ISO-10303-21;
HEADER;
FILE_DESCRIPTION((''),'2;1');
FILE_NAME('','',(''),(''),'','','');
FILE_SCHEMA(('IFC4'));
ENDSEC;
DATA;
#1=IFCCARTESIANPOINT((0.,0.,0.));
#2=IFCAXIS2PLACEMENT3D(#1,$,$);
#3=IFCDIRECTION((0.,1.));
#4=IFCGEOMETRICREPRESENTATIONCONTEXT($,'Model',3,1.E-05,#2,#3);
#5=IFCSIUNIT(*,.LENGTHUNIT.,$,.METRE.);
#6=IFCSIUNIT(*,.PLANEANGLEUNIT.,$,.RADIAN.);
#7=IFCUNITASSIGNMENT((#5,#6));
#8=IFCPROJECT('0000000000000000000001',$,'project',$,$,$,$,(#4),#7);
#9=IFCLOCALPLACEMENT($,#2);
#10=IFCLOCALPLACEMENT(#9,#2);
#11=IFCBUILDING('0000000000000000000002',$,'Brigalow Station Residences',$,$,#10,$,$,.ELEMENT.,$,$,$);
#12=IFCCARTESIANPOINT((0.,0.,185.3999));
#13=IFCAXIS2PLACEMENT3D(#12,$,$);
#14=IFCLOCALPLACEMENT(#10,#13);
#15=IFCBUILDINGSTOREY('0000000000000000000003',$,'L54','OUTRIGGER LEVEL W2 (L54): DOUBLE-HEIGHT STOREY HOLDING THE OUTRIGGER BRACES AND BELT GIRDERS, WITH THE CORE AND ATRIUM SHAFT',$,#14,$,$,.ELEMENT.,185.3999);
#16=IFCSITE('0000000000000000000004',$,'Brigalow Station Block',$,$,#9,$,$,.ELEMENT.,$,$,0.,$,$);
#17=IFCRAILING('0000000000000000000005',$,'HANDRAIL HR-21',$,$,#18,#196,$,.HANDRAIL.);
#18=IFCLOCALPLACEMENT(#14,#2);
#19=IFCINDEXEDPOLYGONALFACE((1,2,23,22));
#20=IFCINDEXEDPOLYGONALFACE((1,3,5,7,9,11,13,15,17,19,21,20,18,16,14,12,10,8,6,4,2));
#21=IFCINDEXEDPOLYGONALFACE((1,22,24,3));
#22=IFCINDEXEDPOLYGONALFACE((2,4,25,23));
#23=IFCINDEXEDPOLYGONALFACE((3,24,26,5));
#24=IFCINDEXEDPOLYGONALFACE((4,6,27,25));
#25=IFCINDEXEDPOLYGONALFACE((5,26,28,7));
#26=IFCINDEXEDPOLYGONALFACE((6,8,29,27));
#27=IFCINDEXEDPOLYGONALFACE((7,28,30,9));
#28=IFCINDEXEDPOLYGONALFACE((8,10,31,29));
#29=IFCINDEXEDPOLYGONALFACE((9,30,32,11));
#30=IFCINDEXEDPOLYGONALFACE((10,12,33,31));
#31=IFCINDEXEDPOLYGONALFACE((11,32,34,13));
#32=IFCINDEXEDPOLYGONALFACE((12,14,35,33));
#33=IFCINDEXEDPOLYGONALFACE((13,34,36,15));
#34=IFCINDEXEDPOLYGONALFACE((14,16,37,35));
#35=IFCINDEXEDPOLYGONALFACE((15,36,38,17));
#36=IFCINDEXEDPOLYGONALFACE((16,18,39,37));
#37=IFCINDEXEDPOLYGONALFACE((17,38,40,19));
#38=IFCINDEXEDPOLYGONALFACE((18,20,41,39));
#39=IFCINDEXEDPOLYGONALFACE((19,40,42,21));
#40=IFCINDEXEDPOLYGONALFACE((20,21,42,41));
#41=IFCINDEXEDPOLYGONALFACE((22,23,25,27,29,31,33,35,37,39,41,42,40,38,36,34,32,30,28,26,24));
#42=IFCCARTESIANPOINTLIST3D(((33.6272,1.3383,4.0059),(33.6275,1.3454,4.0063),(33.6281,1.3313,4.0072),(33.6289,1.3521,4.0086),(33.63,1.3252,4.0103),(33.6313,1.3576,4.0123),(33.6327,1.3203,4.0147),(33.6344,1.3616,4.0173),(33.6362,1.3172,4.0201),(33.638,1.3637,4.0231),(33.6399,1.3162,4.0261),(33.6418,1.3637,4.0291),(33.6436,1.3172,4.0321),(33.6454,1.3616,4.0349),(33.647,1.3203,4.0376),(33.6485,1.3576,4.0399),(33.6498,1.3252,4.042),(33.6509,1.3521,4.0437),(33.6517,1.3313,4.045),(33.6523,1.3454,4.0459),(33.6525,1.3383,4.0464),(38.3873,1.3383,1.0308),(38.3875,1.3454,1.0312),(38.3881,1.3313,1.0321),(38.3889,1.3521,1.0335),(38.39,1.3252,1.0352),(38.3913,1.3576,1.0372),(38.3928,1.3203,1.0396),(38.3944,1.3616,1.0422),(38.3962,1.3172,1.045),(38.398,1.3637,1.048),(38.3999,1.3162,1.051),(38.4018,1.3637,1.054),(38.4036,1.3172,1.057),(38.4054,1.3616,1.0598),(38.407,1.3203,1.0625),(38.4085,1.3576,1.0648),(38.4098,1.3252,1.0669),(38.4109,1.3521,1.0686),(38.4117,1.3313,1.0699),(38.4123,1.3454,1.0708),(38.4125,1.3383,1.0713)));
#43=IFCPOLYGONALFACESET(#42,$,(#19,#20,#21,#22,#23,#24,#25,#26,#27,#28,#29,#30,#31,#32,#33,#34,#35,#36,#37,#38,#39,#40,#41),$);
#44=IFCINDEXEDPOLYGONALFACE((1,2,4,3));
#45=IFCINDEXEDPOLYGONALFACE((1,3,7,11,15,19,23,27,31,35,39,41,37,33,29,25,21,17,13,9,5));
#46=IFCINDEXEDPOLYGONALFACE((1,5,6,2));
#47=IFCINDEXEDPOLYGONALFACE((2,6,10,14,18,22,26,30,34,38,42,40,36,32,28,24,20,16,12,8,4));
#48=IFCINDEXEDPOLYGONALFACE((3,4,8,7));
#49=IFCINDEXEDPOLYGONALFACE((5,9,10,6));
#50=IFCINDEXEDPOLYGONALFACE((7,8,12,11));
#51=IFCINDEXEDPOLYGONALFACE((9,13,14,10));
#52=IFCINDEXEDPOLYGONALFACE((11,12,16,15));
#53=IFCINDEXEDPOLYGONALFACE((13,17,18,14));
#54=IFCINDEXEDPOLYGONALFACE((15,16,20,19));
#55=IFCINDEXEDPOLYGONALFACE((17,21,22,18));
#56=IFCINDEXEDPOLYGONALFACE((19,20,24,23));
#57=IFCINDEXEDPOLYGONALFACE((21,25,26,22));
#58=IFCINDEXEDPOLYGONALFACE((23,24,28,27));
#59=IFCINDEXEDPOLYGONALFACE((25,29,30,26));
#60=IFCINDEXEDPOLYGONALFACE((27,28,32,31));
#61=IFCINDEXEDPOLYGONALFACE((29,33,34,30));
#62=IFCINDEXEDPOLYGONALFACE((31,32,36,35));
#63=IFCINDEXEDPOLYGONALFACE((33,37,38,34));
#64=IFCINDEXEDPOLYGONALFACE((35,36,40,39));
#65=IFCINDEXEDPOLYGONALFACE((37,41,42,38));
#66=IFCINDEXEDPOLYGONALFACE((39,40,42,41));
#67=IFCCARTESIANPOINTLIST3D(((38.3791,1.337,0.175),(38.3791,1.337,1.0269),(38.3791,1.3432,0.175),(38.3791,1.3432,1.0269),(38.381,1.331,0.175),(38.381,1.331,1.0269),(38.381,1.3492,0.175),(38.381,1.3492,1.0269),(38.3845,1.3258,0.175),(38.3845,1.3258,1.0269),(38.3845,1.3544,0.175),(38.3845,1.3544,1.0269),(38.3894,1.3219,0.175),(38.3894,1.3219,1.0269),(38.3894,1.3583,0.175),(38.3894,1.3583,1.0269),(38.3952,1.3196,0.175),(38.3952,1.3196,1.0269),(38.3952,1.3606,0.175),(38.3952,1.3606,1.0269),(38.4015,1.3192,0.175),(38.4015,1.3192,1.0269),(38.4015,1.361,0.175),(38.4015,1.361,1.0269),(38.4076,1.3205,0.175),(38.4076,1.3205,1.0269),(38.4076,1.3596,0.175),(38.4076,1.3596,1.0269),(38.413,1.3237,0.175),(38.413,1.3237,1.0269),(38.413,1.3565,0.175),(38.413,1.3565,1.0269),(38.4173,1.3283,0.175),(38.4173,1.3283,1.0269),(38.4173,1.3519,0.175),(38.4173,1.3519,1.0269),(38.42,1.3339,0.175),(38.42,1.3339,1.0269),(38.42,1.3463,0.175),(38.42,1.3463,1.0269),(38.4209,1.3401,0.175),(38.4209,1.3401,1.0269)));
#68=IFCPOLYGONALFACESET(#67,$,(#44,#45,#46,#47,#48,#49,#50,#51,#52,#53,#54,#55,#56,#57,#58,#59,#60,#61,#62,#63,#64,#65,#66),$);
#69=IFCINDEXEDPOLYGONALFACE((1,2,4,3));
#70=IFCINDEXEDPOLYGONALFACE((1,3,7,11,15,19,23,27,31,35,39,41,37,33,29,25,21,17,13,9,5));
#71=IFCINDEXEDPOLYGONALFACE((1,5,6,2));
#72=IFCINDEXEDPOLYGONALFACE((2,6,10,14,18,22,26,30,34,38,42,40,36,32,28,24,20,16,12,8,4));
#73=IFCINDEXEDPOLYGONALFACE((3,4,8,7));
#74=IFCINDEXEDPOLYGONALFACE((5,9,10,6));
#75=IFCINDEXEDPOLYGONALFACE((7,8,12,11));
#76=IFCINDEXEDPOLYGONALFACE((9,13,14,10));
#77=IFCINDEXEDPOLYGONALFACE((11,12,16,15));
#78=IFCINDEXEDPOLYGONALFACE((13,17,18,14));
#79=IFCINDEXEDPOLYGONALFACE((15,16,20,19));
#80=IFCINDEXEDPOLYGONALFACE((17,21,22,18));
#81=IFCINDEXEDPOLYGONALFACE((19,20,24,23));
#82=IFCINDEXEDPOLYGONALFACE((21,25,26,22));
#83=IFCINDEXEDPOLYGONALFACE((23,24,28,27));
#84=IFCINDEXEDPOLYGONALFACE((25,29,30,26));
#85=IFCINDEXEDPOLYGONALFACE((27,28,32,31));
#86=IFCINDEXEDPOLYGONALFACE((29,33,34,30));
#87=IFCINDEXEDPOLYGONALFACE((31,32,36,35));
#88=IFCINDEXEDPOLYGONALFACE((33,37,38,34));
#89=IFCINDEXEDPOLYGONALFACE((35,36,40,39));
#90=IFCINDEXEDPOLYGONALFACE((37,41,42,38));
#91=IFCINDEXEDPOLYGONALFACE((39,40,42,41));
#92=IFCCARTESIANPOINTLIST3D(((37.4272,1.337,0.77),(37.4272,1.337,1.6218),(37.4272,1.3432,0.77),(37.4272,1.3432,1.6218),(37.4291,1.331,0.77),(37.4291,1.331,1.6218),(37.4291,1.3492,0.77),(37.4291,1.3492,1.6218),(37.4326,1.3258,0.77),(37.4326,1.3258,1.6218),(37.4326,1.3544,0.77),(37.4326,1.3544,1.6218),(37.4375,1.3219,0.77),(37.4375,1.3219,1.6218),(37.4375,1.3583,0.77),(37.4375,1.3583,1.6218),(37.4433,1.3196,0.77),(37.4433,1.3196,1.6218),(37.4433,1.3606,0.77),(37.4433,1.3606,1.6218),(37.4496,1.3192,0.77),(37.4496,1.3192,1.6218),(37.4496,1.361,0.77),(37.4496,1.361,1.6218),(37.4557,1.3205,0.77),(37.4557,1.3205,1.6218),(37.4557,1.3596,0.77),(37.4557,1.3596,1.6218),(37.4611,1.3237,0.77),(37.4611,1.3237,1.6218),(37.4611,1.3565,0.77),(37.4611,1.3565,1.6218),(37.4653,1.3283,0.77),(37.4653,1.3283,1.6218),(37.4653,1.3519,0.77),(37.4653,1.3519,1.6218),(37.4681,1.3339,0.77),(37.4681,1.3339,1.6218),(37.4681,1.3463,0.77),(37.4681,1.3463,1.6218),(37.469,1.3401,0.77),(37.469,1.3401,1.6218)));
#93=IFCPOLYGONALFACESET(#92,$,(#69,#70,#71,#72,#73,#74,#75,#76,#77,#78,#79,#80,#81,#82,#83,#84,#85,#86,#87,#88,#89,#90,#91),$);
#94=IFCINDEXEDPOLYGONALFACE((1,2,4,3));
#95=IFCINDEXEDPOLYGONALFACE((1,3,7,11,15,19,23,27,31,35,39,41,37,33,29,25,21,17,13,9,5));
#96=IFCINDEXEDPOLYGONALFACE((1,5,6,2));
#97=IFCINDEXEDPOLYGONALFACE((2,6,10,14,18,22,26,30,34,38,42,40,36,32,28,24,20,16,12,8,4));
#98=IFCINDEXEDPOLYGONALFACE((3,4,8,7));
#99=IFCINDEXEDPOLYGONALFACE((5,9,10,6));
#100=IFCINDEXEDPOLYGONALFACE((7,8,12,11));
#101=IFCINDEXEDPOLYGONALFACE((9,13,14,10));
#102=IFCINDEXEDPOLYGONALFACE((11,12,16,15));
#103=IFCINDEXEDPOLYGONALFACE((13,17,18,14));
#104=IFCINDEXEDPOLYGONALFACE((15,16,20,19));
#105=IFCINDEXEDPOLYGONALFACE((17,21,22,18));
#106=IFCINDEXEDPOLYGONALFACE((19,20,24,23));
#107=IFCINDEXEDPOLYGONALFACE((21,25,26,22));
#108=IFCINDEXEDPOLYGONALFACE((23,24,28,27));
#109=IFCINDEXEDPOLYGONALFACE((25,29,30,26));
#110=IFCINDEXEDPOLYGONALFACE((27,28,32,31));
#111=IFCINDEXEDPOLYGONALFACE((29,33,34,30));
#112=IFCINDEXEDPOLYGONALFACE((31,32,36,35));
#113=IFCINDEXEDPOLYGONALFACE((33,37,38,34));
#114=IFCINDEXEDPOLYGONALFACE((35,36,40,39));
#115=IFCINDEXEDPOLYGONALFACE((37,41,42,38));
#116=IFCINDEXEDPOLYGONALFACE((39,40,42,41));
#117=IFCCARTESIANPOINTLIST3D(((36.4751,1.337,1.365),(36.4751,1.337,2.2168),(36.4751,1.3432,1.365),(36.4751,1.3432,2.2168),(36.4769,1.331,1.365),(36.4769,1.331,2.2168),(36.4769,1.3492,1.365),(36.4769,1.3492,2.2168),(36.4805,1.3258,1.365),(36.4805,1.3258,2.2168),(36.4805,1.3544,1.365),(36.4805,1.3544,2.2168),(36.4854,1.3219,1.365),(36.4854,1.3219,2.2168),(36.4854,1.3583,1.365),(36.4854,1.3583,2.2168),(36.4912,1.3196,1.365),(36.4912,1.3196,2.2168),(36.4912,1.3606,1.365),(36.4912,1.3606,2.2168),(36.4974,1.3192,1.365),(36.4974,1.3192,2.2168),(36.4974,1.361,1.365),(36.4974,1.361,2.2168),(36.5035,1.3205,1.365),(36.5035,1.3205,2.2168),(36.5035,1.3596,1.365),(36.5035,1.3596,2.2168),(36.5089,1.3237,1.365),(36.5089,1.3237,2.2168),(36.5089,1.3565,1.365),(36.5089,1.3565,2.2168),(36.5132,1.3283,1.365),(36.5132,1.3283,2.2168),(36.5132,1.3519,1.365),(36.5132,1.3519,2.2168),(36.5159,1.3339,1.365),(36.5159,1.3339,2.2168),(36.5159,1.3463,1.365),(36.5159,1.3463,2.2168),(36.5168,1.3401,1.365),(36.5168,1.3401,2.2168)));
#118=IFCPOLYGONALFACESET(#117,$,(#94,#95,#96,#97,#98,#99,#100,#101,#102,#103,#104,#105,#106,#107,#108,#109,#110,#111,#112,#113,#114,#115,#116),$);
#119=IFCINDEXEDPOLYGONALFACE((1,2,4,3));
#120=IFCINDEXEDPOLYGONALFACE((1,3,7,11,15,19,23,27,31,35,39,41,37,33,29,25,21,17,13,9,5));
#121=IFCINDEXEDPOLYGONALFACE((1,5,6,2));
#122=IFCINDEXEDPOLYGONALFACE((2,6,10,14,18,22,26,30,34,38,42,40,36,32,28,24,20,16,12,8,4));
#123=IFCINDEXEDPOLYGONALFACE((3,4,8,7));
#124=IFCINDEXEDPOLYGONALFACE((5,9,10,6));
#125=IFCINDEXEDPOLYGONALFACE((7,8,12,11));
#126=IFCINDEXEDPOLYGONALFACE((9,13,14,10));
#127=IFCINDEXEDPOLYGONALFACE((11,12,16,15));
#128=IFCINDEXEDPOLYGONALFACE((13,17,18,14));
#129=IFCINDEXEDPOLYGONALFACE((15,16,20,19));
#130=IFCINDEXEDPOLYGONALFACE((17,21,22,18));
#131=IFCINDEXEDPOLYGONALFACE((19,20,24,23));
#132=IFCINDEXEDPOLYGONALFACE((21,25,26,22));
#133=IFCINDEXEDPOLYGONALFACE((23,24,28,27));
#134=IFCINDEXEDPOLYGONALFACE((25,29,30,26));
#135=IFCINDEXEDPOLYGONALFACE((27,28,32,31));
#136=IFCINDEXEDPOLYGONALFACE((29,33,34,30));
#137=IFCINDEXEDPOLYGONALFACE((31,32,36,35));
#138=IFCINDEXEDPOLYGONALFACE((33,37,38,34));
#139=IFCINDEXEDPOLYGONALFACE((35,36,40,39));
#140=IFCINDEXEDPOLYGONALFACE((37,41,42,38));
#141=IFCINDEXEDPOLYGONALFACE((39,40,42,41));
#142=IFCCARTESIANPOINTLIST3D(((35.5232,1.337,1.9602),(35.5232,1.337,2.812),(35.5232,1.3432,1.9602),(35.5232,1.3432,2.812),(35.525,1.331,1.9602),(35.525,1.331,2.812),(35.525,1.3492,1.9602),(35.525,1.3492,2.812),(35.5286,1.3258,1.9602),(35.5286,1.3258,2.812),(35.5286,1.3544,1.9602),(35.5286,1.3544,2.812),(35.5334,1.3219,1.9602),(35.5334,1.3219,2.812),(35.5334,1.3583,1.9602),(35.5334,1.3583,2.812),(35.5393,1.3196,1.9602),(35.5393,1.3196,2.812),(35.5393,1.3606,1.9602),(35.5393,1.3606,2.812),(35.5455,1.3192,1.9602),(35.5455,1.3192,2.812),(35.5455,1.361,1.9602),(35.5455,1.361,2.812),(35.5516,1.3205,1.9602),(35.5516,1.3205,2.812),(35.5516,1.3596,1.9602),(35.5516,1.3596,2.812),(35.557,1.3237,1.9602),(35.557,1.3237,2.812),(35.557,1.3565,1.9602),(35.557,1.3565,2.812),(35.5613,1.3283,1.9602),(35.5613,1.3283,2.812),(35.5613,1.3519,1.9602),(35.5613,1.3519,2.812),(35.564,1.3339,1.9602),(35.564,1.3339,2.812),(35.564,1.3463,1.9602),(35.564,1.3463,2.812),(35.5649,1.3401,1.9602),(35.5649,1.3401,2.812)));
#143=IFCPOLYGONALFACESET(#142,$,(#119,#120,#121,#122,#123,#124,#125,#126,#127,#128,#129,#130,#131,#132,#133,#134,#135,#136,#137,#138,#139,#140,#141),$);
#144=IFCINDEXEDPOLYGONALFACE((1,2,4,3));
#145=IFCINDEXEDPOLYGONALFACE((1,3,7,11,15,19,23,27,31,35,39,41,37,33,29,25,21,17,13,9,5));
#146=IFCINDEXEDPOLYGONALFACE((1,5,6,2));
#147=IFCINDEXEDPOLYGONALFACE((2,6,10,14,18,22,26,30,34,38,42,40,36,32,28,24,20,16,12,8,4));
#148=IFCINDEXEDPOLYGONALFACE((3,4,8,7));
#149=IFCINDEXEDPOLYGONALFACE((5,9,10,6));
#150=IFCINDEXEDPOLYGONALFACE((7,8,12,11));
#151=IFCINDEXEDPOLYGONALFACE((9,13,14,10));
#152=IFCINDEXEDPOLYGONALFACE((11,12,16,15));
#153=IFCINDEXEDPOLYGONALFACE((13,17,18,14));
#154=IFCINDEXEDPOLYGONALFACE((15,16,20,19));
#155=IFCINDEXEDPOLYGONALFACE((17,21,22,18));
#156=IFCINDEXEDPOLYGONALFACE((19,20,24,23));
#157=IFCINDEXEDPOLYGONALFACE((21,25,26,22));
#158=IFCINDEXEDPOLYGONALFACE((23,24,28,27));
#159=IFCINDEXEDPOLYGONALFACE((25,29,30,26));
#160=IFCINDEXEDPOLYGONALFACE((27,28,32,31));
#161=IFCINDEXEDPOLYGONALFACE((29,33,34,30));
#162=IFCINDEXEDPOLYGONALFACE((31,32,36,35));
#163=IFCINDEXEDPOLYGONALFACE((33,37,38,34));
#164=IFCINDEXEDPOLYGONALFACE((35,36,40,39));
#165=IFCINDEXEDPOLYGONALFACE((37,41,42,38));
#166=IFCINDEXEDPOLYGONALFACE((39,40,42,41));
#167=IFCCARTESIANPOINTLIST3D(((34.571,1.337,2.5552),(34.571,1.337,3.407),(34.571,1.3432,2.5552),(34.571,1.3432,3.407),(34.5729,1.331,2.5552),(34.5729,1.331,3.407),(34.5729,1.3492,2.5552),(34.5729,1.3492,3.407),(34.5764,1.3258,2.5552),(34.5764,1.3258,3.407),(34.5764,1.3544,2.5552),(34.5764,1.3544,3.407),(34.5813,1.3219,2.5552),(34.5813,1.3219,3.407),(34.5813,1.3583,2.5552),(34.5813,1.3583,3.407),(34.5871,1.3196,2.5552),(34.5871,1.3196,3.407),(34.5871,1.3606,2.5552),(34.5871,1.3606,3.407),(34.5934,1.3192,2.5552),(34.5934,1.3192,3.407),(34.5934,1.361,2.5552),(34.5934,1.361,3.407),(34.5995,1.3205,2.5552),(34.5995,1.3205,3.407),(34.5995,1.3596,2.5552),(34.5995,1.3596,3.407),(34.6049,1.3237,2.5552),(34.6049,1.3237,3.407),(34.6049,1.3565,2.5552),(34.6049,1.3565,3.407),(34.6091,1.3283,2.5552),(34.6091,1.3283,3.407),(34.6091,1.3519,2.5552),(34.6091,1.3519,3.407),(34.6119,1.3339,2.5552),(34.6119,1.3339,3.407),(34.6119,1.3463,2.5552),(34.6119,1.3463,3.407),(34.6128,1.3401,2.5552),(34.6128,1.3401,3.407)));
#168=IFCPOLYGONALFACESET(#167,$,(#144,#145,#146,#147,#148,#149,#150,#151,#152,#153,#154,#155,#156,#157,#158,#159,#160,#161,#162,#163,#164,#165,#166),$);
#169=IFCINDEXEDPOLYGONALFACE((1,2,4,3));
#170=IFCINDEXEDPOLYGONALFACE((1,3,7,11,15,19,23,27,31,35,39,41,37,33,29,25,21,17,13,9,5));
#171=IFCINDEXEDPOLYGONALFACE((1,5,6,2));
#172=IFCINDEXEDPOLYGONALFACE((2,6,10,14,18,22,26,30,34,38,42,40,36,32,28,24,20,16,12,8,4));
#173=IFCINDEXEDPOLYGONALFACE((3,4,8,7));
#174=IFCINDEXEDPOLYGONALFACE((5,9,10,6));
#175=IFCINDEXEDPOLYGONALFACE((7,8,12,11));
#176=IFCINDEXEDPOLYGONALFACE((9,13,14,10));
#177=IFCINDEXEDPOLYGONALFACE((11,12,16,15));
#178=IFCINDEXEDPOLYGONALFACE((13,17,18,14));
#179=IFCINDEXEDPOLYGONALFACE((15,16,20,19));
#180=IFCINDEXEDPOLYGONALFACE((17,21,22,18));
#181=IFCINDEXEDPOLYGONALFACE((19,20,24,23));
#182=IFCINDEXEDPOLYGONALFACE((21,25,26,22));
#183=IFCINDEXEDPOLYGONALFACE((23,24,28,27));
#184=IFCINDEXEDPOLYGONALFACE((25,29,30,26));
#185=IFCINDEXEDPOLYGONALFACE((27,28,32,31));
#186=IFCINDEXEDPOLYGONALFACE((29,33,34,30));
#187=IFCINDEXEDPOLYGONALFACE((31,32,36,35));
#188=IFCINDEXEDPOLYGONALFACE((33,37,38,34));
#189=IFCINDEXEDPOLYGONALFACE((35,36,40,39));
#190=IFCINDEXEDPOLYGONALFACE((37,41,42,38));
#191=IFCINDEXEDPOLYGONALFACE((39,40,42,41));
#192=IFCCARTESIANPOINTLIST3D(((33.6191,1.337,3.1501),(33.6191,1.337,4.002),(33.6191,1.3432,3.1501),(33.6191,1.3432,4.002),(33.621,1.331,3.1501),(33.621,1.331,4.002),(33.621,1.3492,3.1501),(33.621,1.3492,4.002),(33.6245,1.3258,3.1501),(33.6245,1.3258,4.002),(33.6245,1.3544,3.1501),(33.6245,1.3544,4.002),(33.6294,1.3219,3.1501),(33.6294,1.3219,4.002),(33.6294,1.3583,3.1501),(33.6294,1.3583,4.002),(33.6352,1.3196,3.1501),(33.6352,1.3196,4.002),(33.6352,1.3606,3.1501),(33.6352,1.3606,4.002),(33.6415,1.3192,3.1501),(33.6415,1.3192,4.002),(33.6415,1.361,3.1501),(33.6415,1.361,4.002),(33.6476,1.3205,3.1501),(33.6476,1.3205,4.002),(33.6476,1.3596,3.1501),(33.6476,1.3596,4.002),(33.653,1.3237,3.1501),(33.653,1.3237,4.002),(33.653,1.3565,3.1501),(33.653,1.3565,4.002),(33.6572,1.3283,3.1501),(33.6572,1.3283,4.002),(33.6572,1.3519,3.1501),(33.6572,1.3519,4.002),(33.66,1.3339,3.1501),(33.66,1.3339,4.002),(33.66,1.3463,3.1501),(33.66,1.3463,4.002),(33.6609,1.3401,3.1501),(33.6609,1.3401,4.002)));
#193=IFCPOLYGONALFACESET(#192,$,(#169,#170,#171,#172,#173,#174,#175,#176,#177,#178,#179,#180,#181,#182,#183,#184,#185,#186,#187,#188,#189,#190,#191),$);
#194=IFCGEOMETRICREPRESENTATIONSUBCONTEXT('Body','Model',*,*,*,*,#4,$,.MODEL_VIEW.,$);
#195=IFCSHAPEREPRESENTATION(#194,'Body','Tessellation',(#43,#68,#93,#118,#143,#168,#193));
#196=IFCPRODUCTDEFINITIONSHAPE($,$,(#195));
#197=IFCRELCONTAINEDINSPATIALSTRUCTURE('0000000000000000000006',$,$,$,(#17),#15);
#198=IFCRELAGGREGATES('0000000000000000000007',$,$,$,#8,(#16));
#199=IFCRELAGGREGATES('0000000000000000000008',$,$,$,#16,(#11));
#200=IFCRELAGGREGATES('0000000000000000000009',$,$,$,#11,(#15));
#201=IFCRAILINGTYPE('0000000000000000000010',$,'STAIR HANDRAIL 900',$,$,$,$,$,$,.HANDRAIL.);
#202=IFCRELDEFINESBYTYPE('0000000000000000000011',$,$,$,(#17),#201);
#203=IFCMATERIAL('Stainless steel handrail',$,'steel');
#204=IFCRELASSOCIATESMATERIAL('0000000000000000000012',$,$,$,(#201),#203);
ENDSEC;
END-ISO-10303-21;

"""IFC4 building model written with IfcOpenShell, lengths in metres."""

from ifc_helpers import new_model, si_unit, direction, frame, origin, origin_2d, place, context, subcontext, project, spatial, circle, extrude, material, type_object, element, save


model = new_model("IFC4")

# Units and contexts
model_context = context("Model", 3, precision=1e-05, world=origin(), true_north=direction((0.0, 1.0)))
body_context = subcontext(model_context, "Body", "Model", "MODEL_VIEW")
ifc_project = project(units=[si_unit("LENGTHUNIT", "METRE"), si_unit("PLANEANGLEUNIT", "RADIAN")], contexts=[model_context])

# Site, building, storey
site_placement = place(None, origin())
site = spatial("IfcSite", under=ifc_project, at=site_placement, Name="Brigalow Station Block", CompositionType="ELEMENT", RefElevation=0.0)
building_placement = place(site_placement, origin())
building = spatial("IfcBuilding", under=site, at=building_placement, Name="Brigalow Station Residences", CompositionType="ELEMENT")
storey_placement = place(building_placement, frame((0.0, 0.0, 185.3999)))
storey = spatial("IfcBuildingStorey", under=building, at=storey_placement, Name="L54", Description="OUTRIGGER LEVEL W2 (L54): DOUBLE-HEIGHT STOREY HOLDING THE OUTRIGGER BRACES AND BELT GIRDERS, WITH THE CORE AND ATRIUM SHAFT", CompositionType="ELEMENT", Elevation=185.3999)

# Railing
ifc_material_1 = material(Name="Stainless steel handrail", Category="steel")
railing_type_1 = type_object("IfcRailingType", Name="STAIR HANDRAIL 900", PredefinedType="HANDRAIL", material=ifc_material_1)
railing_1_placement = place(storey_placement, frame((38.3999, 1.3401, 0.175)))
element("IfcRailing", 1, at=railing_1_placement, inside=storey, type_object=railing_type_1, Name="HANDRAIL HR-21", PredefinedType="HANDRAIL", context=body_context, shape_type="SweptSolid", body=[
    extrude(circle(Radius=0.0239, at=origin_2d()), frame((0.0, 0.0, 0.876), z_axis=(-0.847991, 0.0, 0.530011), x_axis=(0.0, -1.0, 0.0)), (0.0, 0.0, 1.0), 5.6133),
    extrude(circle(Radius=0.021, at=origin_2d()), origin(), (0.0, 0.0, 1.0), 0.8518),
    extrude(circle(Radius=0.021, at=origin_2d()), frame((-0.9519, 0.0, 0.595)), (0.0, 0.0, 1.0), 0.8518),
    extrude(circle(Radius=0.021, at=origin_2d()), frame((-1.9041, 0.0, 1.1899)), (0.0, 0.0, 1.0), 0.8518),
    extrude(circle(Radius=0.021, at=origin_2d()), frame((-2.856, 0.0, 1.7852)), (0.0, 0.0, 1.0), 0.8518),
    extrude(circle(Radius=0.021, at=origin_2d()), frame((-3.8081, 0.0, 2.3801)), (0.0, 0.0, 1.0), 0.8518),
    extrude(circle(Radius=0.021, at=origin_2d()), frame((-4.76, 0.0, 2.9751)), (0.0, 0.0, 1.0), 0.8518),
])

save(model, "model.ifc")
